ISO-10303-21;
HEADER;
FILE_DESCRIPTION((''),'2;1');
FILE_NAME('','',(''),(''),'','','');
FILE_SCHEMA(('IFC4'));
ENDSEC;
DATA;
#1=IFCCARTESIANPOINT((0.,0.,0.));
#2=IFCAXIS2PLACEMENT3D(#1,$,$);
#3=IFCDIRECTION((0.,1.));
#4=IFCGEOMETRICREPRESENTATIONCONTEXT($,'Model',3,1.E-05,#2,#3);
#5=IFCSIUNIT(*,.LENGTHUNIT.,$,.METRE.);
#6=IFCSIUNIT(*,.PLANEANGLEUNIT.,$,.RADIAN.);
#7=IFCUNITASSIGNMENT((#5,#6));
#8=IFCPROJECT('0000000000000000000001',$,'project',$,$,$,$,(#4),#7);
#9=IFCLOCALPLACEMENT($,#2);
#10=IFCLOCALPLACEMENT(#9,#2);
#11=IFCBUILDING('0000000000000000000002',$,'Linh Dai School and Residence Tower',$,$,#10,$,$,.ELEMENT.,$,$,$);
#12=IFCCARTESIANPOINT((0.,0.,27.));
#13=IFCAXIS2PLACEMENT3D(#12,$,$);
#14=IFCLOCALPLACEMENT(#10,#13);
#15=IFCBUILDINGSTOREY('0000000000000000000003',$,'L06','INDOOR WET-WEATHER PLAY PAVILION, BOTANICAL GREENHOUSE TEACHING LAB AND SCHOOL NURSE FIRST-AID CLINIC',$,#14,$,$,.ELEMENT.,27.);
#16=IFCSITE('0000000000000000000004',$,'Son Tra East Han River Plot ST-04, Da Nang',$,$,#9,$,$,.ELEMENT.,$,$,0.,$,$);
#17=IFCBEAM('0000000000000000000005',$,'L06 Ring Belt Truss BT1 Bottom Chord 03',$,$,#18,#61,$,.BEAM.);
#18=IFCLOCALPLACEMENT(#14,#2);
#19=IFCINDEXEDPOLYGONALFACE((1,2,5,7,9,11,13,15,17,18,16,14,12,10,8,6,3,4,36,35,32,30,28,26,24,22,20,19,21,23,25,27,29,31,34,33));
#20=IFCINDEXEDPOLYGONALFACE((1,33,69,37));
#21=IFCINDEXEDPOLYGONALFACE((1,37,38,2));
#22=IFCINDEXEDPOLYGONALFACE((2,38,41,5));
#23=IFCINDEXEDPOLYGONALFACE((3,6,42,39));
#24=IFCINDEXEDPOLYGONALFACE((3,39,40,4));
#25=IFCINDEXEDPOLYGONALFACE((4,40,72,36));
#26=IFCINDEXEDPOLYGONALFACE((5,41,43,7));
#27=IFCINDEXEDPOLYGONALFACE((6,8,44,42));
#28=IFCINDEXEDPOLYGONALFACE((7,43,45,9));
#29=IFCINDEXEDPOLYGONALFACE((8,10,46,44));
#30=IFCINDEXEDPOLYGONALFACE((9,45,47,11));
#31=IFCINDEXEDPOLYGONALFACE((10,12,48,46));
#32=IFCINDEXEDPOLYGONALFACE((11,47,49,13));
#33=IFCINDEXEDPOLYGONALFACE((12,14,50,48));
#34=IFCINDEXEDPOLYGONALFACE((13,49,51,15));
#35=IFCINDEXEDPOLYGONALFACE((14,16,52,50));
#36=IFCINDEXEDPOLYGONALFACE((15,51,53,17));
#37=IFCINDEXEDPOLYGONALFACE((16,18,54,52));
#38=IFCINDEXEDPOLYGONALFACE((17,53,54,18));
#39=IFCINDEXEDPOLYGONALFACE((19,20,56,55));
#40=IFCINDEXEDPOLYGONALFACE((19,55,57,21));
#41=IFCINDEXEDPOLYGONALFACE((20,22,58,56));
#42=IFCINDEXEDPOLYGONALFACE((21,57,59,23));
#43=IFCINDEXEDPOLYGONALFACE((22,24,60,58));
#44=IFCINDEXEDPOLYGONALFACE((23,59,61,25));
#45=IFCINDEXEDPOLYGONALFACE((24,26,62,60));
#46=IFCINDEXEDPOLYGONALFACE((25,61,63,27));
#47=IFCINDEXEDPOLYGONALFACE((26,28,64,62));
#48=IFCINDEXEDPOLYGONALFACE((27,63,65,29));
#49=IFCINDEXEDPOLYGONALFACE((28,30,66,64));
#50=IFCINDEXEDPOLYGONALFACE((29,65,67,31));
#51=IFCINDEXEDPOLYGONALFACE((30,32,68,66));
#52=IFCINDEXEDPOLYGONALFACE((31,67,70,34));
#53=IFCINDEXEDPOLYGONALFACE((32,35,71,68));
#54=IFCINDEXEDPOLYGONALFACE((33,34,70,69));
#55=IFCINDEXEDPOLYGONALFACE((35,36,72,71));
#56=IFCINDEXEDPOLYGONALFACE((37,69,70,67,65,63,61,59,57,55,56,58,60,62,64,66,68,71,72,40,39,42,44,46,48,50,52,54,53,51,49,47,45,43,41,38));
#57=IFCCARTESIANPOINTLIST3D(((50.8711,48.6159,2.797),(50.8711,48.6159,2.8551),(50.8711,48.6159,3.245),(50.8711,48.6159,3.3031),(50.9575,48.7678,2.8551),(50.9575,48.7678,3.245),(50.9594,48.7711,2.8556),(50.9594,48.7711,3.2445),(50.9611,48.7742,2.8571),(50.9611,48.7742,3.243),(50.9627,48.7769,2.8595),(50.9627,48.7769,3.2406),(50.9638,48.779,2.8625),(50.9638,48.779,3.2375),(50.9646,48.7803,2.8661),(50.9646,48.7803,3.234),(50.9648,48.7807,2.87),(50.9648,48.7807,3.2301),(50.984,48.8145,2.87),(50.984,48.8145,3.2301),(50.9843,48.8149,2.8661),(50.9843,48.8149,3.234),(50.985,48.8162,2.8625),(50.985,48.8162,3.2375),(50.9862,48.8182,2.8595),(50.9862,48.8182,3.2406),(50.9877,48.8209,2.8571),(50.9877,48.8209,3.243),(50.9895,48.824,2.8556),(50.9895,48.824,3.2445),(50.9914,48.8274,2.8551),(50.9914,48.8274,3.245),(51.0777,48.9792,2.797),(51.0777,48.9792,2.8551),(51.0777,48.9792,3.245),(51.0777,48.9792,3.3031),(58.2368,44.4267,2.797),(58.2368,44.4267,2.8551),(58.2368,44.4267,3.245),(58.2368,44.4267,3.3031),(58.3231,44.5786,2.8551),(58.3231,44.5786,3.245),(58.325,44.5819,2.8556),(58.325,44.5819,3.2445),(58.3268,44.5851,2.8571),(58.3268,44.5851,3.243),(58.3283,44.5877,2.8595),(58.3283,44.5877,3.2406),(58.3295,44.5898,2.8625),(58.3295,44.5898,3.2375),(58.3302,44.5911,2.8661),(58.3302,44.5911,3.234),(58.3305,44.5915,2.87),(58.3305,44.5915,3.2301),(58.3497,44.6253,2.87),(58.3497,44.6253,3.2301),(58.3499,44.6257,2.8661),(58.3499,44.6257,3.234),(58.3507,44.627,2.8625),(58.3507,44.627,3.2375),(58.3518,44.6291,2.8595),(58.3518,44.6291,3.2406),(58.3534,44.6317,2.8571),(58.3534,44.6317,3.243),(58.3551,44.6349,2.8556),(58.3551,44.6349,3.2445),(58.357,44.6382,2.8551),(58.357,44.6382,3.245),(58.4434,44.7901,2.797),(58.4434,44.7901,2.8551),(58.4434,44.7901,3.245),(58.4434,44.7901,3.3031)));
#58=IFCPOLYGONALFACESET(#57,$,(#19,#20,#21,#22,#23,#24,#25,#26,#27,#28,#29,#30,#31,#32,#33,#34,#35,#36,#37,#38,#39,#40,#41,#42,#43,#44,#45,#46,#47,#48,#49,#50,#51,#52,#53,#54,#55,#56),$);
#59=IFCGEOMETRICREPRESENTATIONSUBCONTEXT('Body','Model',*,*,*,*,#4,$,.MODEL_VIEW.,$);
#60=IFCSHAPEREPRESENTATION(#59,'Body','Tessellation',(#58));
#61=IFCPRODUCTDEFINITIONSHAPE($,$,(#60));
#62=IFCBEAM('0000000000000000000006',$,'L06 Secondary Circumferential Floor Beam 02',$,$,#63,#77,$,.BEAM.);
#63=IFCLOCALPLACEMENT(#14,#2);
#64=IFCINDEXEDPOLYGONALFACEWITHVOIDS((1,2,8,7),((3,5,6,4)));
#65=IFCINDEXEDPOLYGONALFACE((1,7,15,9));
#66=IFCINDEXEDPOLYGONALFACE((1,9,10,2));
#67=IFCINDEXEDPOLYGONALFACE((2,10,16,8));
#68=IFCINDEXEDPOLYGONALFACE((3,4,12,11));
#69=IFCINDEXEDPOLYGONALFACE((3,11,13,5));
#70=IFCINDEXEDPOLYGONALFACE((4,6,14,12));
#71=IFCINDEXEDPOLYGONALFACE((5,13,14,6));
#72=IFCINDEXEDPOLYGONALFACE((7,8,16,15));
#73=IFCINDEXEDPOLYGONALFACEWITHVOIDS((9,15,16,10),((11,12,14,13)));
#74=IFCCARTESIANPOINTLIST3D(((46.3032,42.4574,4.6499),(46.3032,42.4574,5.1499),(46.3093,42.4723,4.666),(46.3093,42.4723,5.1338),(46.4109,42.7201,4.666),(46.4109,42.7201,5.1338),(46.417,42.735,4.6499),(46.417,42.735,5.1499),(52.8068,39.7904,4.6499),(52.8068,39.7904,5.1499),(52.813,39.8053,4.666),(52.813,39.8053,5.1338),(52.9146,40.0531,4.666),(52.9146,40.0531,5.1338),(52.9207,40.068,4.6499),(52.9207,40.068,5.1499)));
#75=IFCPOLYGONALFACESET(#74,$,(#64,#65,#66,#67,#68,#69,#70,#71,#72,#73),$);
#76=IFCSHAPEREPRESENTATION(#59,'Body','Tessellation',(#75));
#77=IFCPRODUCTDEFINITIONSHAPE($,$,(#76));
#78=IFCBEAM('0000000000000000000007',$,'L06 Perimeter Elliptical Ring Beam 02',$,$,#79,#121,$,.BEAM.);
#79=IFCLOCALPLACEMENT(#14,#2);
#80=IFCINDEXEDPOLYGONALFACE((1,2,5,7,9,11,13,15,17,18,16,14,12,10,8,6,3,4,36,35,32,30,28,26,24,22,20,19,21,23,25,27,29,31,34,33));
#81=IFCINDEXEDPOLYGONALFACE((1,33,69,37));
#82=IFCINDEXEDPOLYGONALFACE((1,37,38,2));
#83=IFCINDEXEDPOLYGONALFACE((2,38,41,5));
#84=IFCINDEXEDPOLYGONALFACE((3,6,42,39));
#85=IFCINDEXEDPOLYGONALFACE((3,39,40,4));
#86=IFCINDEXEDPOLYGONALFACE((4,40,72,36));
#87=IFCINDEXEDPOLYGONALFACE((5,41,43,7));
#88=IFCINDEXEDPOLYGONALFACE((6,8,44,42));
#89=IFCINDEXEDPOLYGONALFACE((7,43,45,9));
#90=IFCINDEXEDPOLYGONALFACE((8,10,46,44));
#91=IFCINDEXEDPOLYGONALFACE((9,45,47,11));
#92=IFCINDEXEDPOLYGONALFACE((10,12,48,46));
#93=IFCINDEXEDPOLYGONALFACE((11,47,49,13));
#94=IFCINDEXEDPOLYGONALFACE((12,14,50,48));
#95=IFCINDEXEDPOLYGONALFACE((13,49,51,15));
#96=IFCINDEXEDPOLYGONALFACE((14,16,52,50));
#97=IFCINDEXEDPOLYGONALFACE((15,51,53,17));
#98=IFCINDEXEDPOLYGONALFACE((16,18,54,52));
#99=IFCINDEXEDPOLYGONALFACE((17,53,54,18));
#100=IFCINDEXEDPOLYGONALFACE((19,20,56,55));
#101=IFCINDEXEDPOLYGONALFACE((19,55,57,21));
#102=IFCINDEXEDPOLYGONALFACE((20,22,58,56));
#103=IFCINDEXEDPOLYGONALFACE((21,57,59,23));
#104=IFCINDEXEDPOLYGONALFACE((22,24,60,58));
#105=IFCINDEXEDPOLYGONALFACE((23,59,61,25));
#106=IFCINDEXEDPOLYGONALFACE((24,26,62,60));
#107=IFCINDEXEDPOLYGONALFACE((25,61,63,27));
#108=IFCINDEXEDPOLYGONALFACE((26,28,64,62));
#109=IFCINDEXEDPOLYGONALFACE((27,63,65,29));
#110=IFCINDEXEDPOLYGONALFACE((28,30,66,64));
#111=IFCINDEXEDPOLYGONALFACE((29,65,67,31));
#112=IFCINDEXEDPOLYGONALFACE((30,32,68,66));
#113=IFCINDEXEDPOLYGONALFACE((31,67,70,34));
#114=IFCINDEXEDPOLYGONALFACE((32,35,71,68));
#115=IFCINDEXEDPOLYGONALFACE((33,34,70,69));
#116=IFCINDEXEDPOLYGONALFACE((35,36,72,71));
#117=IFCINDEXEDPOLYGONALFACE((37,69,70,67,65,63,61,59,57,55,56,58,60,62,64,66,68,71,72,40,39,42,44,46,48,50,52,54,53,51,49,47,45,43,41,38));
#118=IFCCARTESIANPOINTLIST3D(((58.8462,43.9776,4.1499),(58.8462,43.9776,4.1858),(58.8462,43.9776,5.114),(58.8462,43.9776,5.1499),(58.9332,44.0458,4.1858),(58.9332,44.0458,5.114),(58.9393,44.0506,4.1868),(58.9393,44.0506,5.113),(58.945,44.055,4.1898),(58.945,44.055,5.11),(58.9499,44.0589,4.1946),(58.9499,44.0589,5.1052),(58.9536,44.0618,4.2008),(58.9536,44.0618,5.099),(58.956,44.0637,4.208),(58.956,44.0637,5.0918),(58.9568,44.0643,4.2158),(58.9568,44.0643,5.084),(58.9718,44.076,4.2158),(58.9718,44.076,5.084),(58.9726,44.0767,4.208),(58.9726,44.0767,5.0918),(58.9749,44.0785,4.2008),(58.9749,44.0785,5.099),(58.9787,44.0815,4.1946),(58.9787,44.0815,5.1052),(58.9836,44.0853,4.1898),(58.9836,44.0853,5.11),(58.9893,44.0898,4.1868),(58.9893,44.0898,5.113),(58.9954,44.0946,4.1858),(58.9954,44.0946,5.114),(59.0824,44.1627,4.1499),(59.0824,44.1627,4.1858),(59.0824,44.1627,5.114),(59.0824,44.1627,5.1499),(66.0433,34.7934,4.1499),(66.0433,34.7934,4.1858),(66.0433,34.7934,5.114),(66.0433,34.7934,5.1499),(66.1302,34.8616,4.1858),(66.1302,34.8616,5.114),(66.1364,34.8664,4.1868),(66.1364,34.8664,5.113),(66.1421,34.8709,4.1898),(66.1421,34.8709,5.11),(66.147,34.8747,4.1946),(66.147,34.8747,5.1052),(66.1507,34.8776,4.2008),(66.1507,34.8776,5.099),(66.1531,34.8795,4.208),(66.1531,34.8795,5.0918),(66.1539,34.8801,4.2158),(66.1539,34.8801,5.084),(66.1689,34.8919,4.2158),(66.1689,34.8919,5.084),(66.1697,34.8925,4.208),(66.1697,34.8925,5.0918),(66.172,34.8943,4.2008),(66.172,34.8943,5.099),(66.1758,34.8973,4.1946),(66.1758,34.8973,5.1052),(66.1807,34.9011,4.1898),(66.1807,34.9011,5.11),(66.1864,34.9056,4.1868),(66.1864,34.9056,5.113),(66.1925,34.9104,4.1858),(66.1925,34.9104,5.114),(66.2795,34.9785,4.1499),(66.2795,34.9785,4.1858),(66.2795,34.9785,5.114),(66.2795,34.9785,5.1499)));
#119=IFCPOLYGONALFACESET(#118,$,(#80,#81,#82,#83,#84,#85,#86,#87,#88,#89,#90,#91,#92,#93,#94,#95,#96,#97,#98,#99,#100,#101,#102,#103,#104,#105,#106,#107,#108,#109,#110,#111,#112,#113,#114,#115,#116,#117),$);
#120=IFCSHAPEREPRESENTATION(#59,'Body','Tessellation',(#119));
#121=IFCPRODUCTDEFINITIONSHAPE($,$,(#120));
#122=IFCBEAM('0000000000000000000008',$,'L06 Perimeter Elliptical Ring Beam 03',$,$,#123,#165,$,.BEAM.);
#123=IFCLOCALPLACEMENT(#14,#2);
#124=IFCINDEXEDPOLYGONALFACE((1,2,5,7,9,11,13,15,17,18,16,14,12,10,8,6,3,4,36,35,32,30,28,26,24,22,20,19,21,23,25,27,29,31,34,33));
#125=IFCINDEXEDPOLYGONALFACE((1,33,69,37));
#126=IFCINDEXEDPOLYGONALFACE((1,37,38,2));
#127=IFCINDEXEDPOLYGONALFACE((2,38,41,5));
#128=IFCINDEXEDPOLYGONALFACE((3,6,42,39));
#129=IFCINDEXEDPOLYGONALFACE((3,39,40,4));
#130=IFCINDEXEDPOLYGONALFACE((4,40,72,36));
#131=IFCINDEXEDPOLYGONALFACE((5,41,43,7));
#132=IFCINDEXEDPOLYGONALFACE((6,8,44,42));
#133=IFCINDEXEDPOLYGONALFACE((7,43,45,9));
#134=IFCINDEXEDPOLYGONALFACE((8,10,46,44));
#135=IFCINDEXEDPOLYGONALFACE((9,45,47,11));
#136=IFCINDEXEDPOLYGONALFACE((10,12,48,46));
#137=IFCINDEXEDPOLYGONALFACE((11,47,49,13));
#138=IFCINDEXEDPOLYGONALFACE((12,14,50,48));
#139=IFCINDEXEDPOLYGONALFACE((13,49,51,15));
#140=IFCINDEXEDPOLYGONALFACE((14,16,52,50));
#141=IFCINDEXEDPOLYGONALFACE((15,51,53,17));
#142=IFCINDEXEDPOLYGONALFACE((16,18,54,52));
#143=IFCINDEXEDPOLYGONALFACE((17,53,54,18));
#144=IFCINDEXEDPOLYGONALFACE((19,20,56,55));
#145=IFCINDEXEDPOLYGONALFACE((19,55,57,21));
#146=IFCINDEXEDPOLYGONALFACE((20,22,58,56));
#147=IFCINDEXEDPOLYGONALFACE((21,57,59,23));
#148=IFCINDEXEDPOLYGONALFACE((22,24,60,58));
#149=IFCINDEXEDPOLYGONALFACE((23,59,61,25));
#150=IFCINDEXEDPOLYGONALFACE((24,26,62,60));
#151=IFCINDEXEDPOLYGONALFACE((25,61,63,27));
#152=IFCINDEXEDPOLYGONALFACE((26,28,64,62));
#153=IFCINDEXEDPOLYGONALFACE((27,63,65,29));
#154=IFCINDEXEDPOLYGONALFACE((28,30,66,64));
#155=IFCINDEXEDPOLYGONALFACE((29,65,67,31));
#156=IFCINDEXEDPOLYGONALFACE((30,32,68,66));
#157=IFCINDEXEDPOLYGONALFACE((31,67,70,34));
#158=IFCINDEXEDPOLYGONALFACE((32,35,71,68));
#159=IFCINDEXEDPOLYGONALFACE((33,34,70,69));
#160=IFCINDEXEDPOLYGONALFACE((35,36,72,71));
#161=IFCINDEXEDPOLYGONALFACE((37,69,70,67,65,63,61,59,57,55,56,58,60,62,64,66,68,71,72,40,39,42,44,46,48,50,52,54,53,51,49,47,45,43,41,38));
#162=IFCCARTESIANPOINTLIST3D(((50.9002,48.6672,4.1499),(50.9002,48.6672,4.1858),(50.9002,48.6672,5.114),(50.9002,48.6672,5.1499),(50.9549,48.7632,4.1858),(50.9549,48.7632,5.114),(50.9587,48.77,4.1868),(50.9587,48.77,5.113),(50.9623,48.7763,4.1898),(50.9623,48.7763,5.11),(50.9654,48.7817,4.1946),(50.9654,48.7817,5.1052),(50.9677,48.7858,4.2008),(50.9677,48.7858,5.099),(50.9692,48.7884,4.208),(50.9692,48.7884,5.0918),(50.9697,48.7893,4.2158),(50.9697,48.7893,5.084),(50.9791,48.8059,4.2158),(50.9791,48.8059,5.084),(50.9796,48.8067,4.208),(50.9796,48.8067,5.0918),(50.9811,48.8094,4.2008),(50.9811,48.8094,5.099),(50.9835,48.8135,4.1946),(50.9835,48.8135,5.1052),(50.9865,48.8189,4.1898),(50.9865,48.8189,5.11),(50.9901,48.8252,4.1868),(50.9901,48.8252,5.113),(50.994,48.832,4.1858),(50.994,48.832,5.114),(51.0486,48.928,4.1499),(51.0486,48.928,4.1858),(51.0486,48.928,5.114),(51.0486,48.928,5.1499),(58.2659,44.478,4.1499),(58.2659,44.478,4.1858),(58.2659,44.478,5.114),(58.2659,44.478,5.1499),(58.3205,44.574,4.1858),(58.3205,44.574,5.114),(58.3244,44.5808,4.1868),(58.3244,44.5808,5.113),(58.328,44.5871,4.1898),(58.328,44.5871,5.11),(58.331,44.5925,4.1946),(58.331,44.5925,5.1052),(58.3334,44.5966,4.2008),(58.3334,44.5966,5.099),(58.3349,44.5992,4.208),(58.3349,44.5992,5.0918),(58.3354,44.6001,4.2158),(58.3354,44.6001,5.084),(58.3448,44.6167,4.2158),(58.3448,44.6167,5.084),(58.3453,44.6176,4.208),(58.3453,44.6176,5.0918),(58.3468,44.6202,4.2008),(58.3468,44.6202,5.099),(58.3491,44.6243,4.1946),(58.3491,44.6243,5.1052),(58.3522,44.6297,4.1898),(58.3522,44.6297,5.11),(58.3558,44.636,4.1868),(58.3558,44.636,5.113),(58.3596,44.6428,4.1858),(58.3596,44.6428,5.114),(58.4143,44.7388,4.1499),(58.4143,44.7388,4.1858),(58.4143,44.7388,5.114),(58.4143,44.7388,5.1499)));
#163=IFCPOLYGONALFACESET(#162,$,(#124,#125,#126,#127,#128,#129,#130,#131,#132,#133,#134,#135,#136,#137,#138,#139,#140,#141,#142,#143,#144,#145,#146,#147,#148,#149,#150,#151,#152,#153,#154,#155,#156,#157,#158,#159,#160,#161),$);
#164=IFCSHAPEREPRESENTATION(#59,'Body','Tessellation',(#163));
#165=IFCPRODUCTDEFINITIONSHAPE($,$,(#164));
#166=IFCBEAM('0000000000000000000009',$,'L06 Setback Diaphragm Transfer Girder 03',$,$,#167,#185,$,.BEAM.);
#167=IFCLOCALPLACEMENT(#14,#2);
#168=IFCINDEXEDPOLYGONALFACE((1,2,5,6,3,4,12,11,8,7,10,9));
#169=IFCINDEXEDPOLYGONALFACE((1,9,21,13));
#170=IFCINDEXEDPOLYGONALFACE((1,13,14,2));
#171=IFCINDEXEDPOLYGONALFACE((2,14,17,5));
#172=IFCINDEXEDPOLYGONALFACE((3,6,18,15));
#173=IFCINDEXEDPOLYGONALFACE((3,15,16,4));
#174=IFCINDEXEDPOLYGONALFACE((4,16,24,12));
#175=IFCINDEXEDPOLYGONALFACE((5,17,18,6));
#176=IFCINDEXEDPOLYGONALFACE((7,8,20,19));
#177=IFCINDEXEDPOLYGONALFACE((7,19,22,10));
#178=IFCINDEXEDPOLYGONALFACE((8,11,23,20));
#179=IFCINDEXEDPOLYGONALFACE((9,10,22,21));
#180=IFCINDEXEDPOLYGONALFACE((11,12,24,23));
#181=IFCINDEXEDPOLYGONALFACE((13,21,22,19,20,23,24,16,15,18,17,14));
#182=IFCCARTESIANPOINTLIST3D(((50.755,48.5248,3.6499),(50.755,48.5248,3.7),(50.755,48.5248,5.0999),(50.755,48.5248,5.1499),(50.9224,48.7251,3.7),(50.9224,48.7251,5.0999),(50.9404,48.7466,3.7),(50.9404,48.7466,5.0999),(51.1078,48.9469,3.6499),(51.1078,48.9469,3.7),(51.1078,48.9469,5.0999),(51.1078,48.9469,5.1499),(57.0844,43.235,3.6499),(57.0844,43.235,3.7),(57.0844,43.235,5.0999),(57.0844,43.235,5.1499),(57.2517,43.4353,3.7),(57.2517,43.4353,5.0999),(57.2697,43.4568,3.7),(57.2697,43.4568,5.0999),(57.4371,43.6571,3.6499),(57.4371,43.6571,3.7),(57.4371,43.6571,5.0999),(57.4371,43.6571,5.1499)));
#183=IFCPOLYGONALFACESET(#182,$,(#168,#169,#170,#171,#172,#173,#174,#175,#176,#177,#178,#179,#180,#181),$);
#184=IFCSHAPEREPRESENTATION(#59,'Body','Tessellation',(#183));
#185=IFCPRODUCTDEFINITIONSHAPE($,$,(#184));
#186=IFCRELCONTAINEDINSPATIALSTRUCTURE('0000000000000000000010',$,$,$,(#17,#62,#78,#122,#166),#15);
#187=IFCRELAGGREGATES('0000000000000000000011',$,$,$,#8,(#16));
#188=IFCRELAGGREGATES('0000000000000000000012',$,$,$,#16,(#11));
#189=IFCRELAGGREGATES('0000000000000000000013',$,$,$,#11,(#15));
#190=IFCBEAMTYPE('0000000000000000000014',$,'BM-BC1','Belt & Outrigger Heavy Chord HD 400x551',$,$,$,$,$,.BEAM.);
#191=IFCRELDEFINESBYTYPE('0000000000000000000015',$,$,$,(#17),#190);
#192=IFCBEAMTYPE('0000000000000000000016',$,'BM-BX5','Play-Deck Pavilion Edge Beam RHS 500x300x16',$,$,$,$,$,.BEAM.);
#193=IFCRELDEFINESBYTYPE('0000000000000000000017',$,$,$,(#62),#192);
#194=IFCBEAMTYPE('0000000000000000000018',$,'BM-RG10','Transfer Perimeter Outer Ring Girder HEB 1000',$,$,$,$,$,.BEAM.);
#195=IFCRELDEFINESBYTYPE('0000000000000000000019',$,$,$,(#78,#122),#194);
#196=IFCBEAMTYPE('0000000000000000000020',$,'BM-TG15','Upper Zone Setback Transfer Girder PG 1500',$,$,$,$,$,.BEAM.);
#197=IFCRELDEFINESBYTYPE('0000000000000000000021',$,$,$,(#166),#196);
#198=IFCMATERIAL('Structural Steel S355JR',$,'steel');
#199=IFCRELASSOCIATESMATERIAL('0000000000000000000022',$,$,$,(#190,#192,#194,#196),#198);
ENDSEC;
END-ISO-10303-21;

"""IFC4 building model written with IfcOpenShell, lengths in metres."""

from ifc_helpers import new_model, si_unit, direction, frame, origin, origin_2d, place, context, subcontext, project, spatial, hollow_rectangle, i_section, extrude, material, material_profile, profile_set, type_object, element, save


model = new_model("IFC4")

# Units and contexts
model_context = context("Model", 3, precision=1e-05, world=origin(), true_north=direction((0.0, 1.0)))
body_context = subcontext(model_context, "Body", "Model", "MODEL_VIEW")
ifc_project = project(units=[si_unit("LENGTHUNIT", "METRE"), si_unit("PLANEANGLEUNIT", "RADIAN")], contexts=[model_context])

# Site, building, storey
site_placement = place(None, origin())
site = spatial("IfcSite", under=ifc_project, at=site_placement, Name="Son Tra East Han River Plot ST-04, Da Nang", CompositionType="ELEMENT", RefElevation=0.0)
building_placement = place(site_placement, origin())
building = spatial("IfcBuilding", under=site, at=building_placement, Name="Linh Dai School and Residence Tower", CompositionType="ELEMENT")
storey_placement = place(building_placement, frame((0.0, 0.0, 27.0)))
storey = spatial("IfcBuildingStorey", under=building, at=storey_placement, Name="L06", Description="INDOOR WET-WEATHER PLAY PAVILION, BOTANICAL GREENHOUSE TEACHING LAB AND SCHOOL NURSE FIRST-AID CLINIC", CompositionType="ELEMENT", Elevation=27.0)

# Shared definitions
ifc_material_1 = material(Name="Structural Steel S355JR", Category="steel")

# Beams
ifc_material_profile_1 = material_profile(ifc_material_1, i_section(OverallWidth=0.418, OverallDepth=0.5061, WebThickness=0.0388, FlangeThickness=0.0581, FilletRadius=0.0149, at=origin_2d()), Name="HD 400x551")
ifc_profile_set_1 = profile_set([ifc_material_profile_1], Name="Structural Steel S355JR")
beam_type_1 = type_object("IfcBeamType", Name="BM-BC1", Description="Belt & Outrigger Heavy Chord HD 400x551", PredefinedType="BEAM", material=ifc_profile_set_1)
beam_1_placement = place(storey_placement, frame((58.3401, 44.6084, 3.05), z_axis=(-0.869247, 0.494379, 0.0), x_axis=(-0.494379, -0.869247, 0.0)))
element("IfcBeam", 1, at=beam_1_placement, inside=storey, type_object=beam_type_1, Name="L06 Ring Belt Truss BT1 Bottom Chord 03", PredefinedType="BEAM", context=body_context, shape_type="SweptSolid", body=[
    extrude(i_section(OverallWidth=0.418, OverallDepth=0.5061, WebThickness=0.0388, FlangeThickness=0.0581, FilletRadius=0.0149, at=origin_2d()), origin(), (0.0, 0.0, 1.0), 8.4736),
])
ifc_material_profile_2 = material_profile(ifc_material_1, hollow_rectangle(XDim=0.3, YDim=0.5, WallThickness=0.0161, at=origin_2d()), Name="RHS 500x300x16")
ifc_profile_set_2 = profile_set([ifc_material_profile_2], Name="Structural Steel S355JR")
beam_type_2 = type_object("IfcBeamType", Name="BM-BX5", Description="Play-Deck Pavilion Edge Beam RHS 500x300x16", PredefinedType="BEAM", material=ifc_profile_set_2)
beam_2_placement = place(storey_placement, frame((52.8638, 39.9292, 4.8999), z_axis=(-0.925227, 0.379413, 0.0), x_axis=(-0.379413, -0.925227, 0.0)))
element("IfcBeam", 2, at=beam_2_placement, inside=storey, type_object=beam_type_2, Name="L06 Secondary Circumferential Floor Beam 02", PredefinedType="BEAM", context=body_context, shape_type="SweptSolid", body=[
    extrude(hollow_rectangle(XDim=0.3, YDim=0.5, WallThickness=0.0161, at=origin_2d()), origin(), (0.0, 0.0, 1.0), 7.0293),
])
ifc_material_profile_3 = material_profile(ifc_material_1, i_section(OverallWidth=0.3, OverallDepth=1.0, WebThickness=0.019, FlangeThickness=0.0359, FilletRadius=0.03, at=origin_2d()), Name="HEB 1000")
ifc_profile_set_3 = profile_set([ifc_material_profile_3], Name="Structural Steel S355JR")
beam_type_3 = type_object("IfcBeamType", Name="BM-RG10", Description="Transfer Perimeter Outer Ring Girder HEB 1000", PredefinedType="BEAM", material=ifc_profile_set_3)
beam_3_placement = place(storey_placement, frame((66.1614, 34.886, 4.6499), z_axis=(-0.616812, 0.787111, 0.0), x_axis=(-0.787111, -0.616812, 0.0)))
element("IfcBeam", 3, at=beam_3_placement, inside=storey, type_object=beam_type_3, Name="L06 Perimeter Elliptical Ring Beam 02", PredefinedType="BEAM", context=body_context, shape_type="SweptSolid", body=[
    extrude(i_section(OverallWidth=0.3, OverallDepth=1.0, WebThickness=0.019, FlangeThickness=0.0359, FilletRadius=0.03, at=origin_2d()), origin(), (0.0, 0.0, 1.0), 11.6682),
])
beam_4_placement = place(storey_placement, frame((58.3401, 44.6084, 4.6499), z_axis=(-0.869247, 0.494379, 0.0), x_axis=(-0.494379, -0.869247, 0.0)))
element("IfcBeam", 4, at=beam_4_placement, inside=storey, type_object=beam_type_3, Name="L06 Perimeter Elliptical Ring Beam 03", PredefinedType="BEAM", context=body_context, shape_type="SweptSolid", body=[
    extrude(i_section(OverallWidth=0.3, OverallDepth=1.0, WebThickness=0.019, FlangeThickness=0.0359, FilletRadius=0.03, at=origin_2d()), origin(), (0.0, 0.0, 1.0), 8.4736),
])
ifc_material_profile_4 = material_profile(ifc_material_1, i_section(OverallWidth=0.55, OverallDepth=1.5, WebThickness=0.0281, FlangeThickness=0.05, at=origin_2d()), Name="PG 1500x550x28x50")
ifc_profile_set_4 = profile_set([ifc_material_profile_4], Name="Structural Steel S355JR")
beam_type_4 = type_object("IfcBeamType", Name="BM-TG15", Description="Upper Zone Setback Transfer Girder PG 1500", PredefinedType="BEAM", material=ifc_profile_set_4)
beam_5_placement = place(storey_placement, frame((57.2607, 43.446, 4.3999), z_axis=(-0.767306, 0.641281, 0.0), x_axis=(-0.641281, -0.767306, 0.0)))
element("IfcBeam", 5, at=beam_5_placement, inside=storey, type_object=beam_type_4, Name="L06 Setback Diaphragm Transfer Girder 03", PredefinedType="BEAM", context=body_context, shape_type="SweptSolid", body=[
    extrude(i_section(OverallWidth=0.55, OverallDepth=1.5, WebThickness=0.0281, FlangeThickness=0.05, at=origin_2d()), origin(), (0.0, 0.0, 1.0), 8.2488),
])

save(model, "model.ifc")
